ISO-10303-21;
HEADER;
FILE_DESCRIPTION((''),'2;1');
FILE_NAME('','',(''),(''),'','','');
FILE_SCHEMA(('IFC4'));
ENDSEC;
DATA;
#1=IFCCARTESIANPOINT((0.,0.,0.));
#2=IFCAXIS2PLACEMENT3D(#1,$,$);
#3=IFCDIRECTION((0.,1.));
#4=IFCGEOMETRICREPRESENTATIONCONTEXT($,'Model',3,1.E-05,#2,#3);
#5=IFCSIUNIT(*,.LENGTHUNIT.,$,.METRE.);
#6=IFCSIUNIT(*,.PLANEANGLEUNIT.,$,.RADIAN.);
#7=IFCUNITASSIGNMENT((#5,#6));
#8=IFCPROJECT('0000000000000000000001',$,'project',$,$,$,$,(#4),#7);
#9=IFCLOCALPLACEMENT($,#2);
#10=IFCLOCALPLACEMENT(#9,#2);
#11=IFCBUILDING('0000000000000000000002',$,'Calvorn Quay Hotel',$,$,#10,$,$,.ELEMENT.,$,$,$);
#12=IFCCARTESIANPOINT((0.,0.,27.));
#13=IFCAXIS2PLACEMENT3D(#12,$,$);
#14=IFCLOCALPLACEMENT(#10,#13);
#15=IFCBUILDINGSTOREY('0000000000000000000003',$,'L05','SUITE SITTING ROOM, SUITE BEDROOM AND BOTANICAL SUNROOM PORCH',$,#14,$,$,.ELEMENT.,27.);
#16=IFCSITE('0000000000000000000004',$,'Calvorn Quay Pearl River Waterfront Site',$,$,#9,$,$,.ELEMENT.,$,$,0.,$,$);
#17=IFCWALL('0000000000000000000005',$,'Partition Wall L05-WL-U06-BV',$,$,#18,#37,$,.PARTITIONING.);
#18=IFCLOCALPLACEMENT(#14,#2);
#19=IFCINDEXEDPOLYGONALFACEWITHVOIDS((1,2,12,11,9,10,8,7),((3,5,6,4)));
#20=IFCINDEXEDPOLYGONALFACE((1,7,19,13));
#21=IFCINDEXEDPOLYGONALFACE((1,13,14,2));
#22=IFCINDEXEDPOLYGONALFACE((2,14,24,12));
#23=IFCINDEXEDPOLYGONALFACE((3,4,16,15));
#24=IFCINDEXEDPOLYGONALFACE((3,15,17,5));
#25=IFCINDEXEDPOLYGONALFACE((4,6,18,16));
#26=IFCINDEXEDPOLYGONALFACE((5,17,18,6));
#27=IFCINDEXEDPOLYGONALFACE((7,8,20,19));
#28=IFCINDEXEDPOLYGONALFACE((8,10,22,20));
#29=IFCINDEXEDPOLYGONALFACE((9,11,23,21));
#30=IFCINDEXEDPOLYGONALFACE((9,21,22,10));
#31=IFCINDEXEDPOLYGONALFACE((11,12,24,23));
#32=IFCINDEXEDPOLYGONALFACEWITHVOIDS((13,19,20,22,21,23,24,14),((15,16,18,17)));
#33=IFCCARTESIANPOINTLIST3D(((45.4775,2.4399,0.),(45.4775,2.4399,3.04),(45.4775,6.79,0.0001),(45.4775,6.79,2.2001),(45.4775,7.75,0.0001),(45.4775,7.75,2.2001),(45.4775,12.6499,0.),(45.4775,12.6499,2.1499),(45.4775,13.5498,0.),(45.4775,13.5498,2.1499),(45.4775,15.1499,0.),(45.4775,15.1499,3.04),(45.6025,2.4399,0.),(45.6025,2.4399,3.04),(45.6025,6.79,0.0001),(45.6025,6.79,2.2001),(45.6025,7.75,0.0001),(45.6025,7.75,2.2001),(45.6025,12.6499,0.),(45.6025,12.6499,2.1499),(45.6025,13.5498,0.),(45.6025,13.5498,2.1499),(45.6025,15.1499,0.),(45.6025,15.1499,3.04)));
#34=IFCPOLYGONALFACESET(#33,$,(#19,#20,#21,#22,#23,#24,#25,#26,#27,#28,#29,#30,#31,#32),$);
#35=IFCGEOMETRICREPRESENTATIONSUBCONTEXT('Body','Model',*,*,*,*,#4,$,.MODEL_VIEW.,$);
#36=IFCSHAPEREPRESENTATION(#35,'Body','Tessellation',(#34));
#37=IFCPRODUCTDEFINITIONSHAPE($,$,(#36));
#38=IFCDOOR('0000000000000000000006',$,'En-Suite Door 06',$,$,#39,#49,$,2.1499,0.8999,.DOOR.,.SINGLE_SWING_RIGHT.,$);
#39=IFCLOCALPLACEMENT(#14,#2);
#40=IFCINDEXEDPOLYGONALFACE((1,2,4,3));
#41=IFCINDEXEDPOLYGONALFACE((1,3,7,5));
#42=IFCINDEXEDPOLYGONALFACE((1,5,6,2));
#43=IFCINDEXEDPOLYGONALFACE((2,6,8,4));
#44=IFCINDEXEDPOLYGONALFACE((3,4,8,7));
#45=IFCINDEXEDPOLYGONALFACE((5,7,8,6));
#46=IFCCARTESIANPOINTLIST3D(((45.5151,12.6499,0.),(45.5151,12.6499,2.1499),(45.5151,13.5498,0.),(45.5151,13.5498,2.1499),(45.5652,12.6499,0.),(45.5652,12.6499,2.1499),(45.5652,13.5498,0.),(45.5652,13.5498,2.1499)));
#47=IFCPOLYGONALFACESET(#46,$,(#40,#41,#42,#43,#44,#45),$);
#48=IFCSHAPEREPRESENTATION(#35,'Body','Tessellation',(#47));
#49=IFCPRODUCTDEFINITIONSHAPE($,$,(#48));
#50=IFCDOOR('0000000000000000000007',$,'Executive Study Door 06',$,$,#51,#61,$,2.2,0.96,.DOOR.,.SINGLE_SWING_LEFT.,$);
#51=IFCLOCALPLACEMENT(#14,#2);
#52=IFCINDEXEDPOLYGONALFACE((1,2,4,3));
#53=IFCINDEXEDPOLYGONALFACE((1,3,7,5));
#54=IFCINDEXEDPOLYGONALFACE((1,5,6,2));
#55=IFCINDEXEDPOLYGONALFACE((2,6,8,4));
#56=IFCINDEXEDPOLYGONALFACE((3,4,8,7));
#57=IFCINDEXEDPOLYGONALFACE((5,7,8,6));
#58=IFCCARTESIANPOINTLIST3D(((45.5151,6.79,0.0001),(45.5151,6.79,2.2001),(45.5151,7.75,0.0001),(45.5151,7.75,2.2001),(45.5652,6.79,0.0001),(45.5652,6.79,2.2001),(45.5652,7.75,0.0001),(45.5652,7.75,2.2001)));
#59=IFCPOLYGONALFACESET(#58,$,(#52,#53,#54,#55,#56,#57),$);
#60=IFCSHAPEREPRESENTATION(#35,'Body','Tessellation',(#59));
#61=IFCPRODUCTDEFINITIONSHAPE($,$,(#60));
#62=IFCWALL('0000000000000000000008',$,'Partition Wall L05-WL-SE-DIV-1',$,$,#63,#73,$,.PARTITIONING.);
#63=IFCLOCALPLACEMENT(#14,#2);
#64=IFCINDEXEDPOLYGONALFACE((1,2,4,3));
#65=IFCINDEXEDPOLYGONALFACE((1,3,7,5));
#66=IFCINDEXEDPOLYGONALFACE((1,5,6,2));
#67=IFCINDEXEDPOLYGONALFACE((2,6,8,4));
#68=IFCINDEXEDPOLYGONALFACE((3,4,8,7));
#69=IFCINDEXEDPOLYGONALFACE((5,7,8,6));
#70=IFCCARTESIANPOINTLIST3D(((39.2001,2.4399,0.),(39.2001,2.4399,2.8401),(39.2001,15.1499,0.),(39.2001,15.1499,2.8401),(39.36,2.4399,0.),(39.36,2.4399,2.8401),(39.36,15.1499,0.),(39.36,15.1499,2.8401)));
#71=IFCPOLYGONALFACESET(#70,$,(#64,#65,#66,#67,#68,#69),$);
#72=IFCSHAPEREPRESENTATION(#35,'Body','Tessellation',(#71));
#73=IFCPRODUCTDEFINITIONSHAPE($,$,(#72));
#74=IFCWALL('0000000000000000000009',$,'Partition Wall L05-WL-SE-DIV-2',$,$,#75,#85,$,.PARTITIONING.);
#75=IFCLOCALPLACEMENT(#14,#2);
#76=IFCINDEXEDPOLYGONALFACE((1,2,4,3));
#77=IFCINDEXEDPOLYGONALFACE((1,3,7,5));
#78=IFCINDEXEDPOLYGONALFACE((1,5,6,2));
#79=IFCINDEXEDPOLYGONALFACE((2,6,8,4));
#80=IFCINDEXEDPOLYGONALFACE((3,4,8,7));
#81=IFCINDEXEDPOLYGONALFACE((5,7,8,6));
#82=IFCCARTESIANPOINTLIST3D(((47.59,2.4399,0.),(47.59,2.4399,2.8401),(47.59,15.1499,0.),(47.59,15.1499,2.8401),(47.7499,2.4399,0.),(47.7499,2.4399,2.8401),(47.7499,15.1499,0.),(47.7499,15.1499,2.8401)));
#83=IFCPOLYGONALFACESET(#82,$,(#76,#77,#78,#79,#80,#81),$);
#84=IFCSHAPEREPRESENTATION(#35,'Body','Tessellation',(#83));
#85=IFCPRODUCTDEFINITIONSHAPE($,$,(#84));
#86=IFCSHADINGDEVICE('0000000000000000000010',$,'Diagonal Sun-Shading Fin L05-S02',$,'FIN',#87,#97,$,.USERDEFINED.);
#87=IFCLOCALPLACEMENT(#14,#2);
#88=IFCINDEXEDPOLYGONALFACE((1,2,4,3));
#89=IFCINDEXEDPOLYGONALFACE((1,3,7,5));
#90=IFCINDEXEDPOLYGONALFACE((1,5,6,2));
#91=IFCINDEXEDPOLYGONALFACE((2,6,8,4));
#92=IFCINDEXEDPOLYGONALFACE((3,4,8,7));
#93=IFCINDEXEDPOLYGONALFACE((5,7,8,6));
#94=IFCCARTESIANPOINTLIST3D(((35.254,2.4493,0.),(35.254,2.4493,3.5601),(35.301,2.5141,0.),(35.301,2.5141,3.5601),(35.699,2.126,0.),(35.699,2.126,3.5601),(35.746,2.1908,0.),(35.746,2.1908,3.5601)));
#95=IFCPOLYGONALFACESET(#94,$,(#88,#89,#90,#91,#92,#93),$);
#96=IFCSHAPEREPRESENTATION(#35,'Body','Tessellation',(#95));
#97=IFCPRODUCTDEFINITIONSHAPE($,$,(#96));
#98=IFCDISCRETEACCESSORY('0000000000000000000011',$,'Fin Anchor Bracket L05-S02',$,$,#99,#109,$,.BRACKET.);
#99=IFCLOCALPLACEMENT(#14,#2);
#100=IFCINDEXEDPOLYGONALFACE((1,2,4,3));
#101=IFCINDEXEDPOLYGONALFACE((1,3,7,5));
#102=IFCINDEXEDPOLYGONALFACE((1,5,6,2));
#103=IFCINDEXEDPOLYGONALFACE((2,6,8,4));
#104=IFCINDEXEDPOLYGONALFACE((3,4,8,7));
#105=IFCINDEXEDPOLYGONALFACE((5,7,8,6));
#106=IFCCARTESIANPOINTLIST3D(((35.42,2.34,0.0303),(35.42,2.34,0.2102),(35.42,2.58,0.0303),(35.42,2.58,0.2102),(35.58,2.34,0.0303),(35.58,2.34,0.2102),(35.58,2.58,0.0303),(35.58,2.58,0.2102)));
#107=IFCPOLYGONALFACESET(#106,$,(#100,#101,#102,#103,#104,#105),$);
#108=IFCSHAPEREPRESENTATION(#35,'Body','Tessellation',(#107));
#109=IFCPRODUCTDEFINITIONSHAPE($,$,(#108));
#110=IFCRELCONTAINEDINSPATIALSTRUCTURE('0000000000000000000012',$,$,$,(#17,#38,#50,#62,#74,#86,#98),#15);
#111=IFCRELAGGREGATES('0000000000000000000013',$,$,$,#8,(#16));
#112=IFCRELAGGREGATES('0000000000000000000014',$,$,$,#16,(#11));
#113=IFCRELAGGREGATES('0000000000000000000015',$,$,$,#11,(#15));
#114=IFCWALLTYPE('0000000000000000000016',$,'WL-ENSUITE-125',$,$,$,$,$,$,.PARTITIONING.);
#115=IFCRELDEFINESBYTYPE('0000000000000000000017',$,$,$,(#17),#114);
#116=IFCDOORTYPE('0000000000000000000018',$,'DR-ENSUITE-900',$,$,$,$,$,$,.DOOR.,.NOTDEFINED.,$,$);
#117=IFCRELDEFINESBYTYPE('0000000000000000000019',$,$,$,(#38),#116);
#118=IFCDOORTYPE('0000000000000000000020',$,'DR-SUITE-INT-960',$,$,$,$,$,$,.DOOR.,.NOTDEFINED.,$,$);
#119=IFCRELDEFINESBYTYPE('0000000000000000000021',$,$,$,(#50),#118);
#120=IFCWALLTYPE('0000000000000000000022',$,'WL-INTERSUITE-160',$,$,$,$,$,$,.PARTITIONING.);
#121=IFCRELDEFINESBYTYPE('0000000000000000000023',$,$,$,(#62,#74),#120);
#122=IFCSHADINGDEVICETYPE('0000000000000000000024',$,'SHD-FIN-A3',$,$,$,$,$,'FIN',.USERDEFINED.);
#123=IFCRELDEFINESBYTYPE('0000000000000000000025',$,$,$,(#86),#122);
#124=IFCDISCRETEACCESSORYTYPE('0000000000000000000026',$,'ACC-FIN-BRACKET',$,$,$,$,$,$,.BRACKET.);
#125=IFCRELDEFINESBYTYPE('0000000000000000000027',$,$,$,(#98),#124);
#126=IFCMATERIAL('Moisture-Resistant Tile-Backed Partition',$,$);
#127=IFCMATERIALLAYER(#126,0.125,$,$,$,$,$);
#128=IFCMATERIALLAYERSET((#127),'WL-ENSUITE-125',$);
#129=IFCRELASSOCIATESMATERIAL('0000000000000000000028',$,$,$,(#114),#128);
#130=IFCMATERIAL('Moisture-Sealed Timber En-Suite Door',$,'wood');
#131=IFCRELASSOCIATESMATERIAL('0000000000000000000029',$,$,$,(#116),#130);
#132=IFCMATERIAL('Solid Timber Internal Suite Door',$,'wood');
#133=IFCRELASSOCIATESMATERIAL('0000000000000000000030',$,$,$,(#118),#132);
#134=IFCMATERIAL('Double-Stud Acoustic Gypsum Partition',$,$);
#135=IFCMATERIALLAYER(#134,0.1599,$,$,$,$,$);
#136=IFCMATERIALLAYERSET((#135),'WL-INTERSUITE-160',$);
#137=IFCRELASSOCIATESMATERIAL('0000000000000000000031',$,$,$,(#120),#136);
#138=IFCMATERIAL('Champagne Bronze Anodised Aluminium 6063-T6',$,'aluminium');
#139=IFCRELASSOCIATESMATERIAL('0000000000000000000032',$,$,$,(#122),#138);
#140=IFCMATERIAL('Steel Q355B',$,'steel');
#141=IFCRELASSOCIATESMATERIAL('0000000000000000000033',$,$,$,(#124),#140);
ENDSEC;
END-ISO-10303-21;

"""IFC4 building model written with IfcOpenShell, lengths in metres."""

from ifc_helpers import new_model, si_unit, direction, frame, frame_2d, origin, origin_2d, place, context, subcontext, project, spatial, rectangle, extrude, material, layer, layer_set, type_object, element, fill, save


model = new_model("IFC4")

# Units and contexts
model_context = context("Model", 3, precision=1e-05, world=origin(), true_north=direction((0.0, 1.0)))
body_context = subcontext(model_context, "Body", "Model", "MODEL_VIEW")
ifc_project = project(units=[si_unit("LENGTHUNIT", "METRE"), si_unit("PLANEANGLEUNIT", "RADIAN")], contexts=[model_context])

# Site, building, storey
site_placement = place(None, origin())
site = spatial("IfcSite", under=ifc_project, at=site_placement, Name="Calvorn Quay Pearl River Waterfront Site", CompositionType="ELEMENT", RefElevation=0.0)
building_placement = place(site_placement, origin())
building = spatial("IfcBuilding", under=site, at=building_placement, Name="Calvorn Quay Hotel", CompositionType="ELEMENT")
storey_placement = place(building_placement, frame((0.0, 0.0, 27.0)))
storey = spatial("IfcBuildingStorey", under=building, at=storey_placement, Name="L05", Description="SUITE SITTING ROOM, SUITE BEDROOM AND BOTANICAL SUNROOM PORCH", CompositionType="ELEMENT", Elevation=27.0)

# Wall, openings, doors
ifc_material_1 = material(Name="Moisture-Resistant Tile-Backed Partition")
ifc_layer_1 = layer(ifc_material_1, 0.125)
ifc_layer_set_1 = layer_set([ifc_layer_1], Name="WL-ENSUITE-125")
wall_type_1 = type_object("IfcWallType", Name="WL-ENSUITE-125", PredefinedType="PARTITIONING", material=ifc_layer_set_1)
ifc_material_2 = material(Name="Moisture-Sealed Timber En-Suite Door", Category="wood")
door_type_1 = type_object("IfcDoorType", Name="DR-ENSUITE-900", OperationType="NOTDEFINED", PredefinedType="DOOR", material=ifc_material_2)
ifc_material_3 = material(Name="Solid Timber Internal Suite Door", Category="wood")
door_type_2 = type_object("IfcDoorType", Name="DR-SUITE-INT-960", OperationType="NOTDEFINED", PredefinedType="DOOR", material=ifc_material_3)
wall_1_placement = place(storey_placement, frame((45.54, 2.4399, 0.0), z_axis=(0.0, 0.0, 1.0), x_axis=(0.0, 1.0, 0.0)))
wall_1 = element("IfcWall", 1, at=wall_1_placement, inside=storey, type_object=wall_type_1, Name="Partition Wall L05-WL-U06-BV", PredefinedType="PARTITIONING", context=body_context, shape_type="SweptSolid", body=[
    extrude(rectangle(XDim=12.71, YDim=0.125, at=frame_2d((6.355, 0.0))), origin(), (0.0, 0.0, 1.0), 3.04),
])
opening_1_placement = place(wall_1_placement, frame((4.3501, 0.0, 0.0)))
opening_1 = element("IfcOpeningElement", 2, at=opening_1_placement, cuts=wall_1, PredefinedType="OPENING", context=body_context, shape_type="SweptSolid", body=[
    extrude(rectangle(XDim=0.96, YDim=2.2, at=frame_2d((0.48, 1.1001))), frame((0.0, 0.0725, 0.0), z_axis=(0.0, -1.0, 0.0), x_axis=(1.0, 0.0, 0.0)), (0.0, 0.0, 1.0), 0.145),
])
opening_2_placement = place(wall_1_placement, frame((10.21, 0.0, 0.0)))
opening_2 = element("IfcOpeningElement", 3, at=opening_2_placement, cuts=wall_1, PredefinedType="OPENING", context=body_context, shape_type="SweptSolid", body=[
    extrude(rectangle(XDim=0.8999, YDim=2.1499, at=frame_2d((0.45, 1.075))), frame((0.0, 0.0725, 0.0), z_axis=(0.0, -1.0, 0.0), x_axis=(1.0, 0.0, 0.0)), (0.0, 0.0, 1.0), 0.145),
])
door_1_placement = place(opening_2_placement, origin())
door_1 = element("IfcDoor", 4, at=door_1_placement, inside=storey, type_object=door_type_1, Name="En-Suite Door 06", OperationType="SINGLE_SWING_RIGHT", OverallHeight=2.1499, OverallWidth=0.8999, PredefinedType="DOOR", context=body_context, shape_type="SweptSolid", body=[
    extrude(rectangle(XDim=0.8999, YDim=2.1499, at=frame_2d((0.45, 1.075))), frame((0.0, 0.0249, 0.0), z_axis=(0.0, -1.0, 0.0), x_axis=(1.0, 0.0, 0.0)), (0.0, 0.0, 1.0), 0.05),
])
fill(opening_2, door_1)
door_2_placement = place(opening_1_placement, origin())
door_2 = element("IfcDoor", 5, at=door_2_placement, inside=storey, type_object=door_type_2, Name="Executive Study Door 06", OperationType="SINGLE_SWING_LEFT", OverallHeight=2.2, OverallWidth=0.96, PredefinedType="DOOR", context=body_context, shape_type="SweptSolid", body=[
    extrude(rectangle(XDim=0.96, YDim=2.2, at=frame_2d((0.48, 1.1001))), frame((0.0, 0.0249, 0.0), z_axis=(0.0, -1.0, 0.0), x_axis=(1.0, 0.0, 0.0)), (0.0, 0.0, 1.0), 0.05),
])
fill(opening_1, door_2)

# Walls
ifc_material_4 = material(Name="Double-Stud Acoustic Gypsum Partition")
ifc_layer_2 = layer(ifc_material_4, 0.1599)
ifc_layer_set_2 = layer_set([ifc_layer_2], Name="WL-INTERSUITE-160")
wall_type_2 = type_object("IfcWallType", Name="WL-INTERSUITE-160", PredefinedType="PARTITIONING", material=ifc_layer_set_2)
for number, where, z_axis, x_axis, name in (
    (6, (39.28, 2.4399, 0.0), (0.0, 0.0, 1.0), (0.0, 1.0, 0.0), "Partition Wall L05-WL-SE-DIV-1"),
    (7, (47.6699, 2.4399, 0.0), (0.0, 0.0, 1.0), (0.0, 1.0, 0.0), "Partition Wall L05-WL-SE-DIV-2"),
):
    element("IfcWall", number, at=place(storey_placement, frame(where, z_axis=z_axis, x_axis=x_axis)), inside=storey, type_object=wall_type_2, Name=name, PredefinedType="PARTITIONING", context=body_context, shape_type="SweptSolid", body=[
        extrude(rectangle(XDim=12.71, YDim=0.1599, at=frame_2d((6.355, 0.0))), origin(), (0.0, 0.0, 1.0), 2.8401),
    ])

# Shading device
ifc_material_5 = material(Name="Champagne Bronze Anodised Aluminium 6063-T6", Category="aluminium")
shading_device_type = type_object("IfcShadingDeviceType", Name="SHD-FIN-A3", ElementType="FIN", PredefinedType="USERDEFINED", material=ifc_material_5)
shading_device_placement = place(storey_placement, frame((35.5, 2.3201, 0.0), z_axis=(0.0, 0.0, 1.0), x_axis=(-0.809017, 0.587785, 0.0)))
element("IfcShadingDevice", 8, at=shading_device_placement, inside=storey, type_object=shading_device_type, Name="Diagonal Sun-Shading Fin L05-S02", ObjectType="FIN", PredefinedType="USERDEFINED", context=body_context, shape_type="SweptSolid", body=[
    extrude(rectangle(XDim=0.55, YDim=0.0801, at=origin_2d()), origin(), (0.0, 0.0, 1.0), 3.5601),
])

# Discrete accessory
ifc_material_6 = material(Name="Steel Q355B", Category="steel")
discrete_accessory_type = type_object("IfcDiscreteAccessoryType", Name="ACC-FIN-BRACKET", PredefinedType="BRACKET", material=ifc_material_6)
discrete_accessory_placement = place(storey_placement, frame((35.5, 2.46, 0.0303), z_axis=(0.0, 0.0, 1.0), x_axis=(0.0, 1.0, 0.0)))
element("IfcDiscreteAccessory", 9, at=discrete_accessory_placement, inside=storey, type_object=discrete_accessory_type, Name="Fin Anchor Bracket L05-S02", PredefinedType="BRACKET", context=body_context, shape_type="SweptSolid", body=[
    extrude(rectangle(XDim=0.24, YDim=0.1599, at=origin_2d()), origin(), (0.0, 0.0, 1.0), 0.1799),
])

save(model, "model.ifc")
